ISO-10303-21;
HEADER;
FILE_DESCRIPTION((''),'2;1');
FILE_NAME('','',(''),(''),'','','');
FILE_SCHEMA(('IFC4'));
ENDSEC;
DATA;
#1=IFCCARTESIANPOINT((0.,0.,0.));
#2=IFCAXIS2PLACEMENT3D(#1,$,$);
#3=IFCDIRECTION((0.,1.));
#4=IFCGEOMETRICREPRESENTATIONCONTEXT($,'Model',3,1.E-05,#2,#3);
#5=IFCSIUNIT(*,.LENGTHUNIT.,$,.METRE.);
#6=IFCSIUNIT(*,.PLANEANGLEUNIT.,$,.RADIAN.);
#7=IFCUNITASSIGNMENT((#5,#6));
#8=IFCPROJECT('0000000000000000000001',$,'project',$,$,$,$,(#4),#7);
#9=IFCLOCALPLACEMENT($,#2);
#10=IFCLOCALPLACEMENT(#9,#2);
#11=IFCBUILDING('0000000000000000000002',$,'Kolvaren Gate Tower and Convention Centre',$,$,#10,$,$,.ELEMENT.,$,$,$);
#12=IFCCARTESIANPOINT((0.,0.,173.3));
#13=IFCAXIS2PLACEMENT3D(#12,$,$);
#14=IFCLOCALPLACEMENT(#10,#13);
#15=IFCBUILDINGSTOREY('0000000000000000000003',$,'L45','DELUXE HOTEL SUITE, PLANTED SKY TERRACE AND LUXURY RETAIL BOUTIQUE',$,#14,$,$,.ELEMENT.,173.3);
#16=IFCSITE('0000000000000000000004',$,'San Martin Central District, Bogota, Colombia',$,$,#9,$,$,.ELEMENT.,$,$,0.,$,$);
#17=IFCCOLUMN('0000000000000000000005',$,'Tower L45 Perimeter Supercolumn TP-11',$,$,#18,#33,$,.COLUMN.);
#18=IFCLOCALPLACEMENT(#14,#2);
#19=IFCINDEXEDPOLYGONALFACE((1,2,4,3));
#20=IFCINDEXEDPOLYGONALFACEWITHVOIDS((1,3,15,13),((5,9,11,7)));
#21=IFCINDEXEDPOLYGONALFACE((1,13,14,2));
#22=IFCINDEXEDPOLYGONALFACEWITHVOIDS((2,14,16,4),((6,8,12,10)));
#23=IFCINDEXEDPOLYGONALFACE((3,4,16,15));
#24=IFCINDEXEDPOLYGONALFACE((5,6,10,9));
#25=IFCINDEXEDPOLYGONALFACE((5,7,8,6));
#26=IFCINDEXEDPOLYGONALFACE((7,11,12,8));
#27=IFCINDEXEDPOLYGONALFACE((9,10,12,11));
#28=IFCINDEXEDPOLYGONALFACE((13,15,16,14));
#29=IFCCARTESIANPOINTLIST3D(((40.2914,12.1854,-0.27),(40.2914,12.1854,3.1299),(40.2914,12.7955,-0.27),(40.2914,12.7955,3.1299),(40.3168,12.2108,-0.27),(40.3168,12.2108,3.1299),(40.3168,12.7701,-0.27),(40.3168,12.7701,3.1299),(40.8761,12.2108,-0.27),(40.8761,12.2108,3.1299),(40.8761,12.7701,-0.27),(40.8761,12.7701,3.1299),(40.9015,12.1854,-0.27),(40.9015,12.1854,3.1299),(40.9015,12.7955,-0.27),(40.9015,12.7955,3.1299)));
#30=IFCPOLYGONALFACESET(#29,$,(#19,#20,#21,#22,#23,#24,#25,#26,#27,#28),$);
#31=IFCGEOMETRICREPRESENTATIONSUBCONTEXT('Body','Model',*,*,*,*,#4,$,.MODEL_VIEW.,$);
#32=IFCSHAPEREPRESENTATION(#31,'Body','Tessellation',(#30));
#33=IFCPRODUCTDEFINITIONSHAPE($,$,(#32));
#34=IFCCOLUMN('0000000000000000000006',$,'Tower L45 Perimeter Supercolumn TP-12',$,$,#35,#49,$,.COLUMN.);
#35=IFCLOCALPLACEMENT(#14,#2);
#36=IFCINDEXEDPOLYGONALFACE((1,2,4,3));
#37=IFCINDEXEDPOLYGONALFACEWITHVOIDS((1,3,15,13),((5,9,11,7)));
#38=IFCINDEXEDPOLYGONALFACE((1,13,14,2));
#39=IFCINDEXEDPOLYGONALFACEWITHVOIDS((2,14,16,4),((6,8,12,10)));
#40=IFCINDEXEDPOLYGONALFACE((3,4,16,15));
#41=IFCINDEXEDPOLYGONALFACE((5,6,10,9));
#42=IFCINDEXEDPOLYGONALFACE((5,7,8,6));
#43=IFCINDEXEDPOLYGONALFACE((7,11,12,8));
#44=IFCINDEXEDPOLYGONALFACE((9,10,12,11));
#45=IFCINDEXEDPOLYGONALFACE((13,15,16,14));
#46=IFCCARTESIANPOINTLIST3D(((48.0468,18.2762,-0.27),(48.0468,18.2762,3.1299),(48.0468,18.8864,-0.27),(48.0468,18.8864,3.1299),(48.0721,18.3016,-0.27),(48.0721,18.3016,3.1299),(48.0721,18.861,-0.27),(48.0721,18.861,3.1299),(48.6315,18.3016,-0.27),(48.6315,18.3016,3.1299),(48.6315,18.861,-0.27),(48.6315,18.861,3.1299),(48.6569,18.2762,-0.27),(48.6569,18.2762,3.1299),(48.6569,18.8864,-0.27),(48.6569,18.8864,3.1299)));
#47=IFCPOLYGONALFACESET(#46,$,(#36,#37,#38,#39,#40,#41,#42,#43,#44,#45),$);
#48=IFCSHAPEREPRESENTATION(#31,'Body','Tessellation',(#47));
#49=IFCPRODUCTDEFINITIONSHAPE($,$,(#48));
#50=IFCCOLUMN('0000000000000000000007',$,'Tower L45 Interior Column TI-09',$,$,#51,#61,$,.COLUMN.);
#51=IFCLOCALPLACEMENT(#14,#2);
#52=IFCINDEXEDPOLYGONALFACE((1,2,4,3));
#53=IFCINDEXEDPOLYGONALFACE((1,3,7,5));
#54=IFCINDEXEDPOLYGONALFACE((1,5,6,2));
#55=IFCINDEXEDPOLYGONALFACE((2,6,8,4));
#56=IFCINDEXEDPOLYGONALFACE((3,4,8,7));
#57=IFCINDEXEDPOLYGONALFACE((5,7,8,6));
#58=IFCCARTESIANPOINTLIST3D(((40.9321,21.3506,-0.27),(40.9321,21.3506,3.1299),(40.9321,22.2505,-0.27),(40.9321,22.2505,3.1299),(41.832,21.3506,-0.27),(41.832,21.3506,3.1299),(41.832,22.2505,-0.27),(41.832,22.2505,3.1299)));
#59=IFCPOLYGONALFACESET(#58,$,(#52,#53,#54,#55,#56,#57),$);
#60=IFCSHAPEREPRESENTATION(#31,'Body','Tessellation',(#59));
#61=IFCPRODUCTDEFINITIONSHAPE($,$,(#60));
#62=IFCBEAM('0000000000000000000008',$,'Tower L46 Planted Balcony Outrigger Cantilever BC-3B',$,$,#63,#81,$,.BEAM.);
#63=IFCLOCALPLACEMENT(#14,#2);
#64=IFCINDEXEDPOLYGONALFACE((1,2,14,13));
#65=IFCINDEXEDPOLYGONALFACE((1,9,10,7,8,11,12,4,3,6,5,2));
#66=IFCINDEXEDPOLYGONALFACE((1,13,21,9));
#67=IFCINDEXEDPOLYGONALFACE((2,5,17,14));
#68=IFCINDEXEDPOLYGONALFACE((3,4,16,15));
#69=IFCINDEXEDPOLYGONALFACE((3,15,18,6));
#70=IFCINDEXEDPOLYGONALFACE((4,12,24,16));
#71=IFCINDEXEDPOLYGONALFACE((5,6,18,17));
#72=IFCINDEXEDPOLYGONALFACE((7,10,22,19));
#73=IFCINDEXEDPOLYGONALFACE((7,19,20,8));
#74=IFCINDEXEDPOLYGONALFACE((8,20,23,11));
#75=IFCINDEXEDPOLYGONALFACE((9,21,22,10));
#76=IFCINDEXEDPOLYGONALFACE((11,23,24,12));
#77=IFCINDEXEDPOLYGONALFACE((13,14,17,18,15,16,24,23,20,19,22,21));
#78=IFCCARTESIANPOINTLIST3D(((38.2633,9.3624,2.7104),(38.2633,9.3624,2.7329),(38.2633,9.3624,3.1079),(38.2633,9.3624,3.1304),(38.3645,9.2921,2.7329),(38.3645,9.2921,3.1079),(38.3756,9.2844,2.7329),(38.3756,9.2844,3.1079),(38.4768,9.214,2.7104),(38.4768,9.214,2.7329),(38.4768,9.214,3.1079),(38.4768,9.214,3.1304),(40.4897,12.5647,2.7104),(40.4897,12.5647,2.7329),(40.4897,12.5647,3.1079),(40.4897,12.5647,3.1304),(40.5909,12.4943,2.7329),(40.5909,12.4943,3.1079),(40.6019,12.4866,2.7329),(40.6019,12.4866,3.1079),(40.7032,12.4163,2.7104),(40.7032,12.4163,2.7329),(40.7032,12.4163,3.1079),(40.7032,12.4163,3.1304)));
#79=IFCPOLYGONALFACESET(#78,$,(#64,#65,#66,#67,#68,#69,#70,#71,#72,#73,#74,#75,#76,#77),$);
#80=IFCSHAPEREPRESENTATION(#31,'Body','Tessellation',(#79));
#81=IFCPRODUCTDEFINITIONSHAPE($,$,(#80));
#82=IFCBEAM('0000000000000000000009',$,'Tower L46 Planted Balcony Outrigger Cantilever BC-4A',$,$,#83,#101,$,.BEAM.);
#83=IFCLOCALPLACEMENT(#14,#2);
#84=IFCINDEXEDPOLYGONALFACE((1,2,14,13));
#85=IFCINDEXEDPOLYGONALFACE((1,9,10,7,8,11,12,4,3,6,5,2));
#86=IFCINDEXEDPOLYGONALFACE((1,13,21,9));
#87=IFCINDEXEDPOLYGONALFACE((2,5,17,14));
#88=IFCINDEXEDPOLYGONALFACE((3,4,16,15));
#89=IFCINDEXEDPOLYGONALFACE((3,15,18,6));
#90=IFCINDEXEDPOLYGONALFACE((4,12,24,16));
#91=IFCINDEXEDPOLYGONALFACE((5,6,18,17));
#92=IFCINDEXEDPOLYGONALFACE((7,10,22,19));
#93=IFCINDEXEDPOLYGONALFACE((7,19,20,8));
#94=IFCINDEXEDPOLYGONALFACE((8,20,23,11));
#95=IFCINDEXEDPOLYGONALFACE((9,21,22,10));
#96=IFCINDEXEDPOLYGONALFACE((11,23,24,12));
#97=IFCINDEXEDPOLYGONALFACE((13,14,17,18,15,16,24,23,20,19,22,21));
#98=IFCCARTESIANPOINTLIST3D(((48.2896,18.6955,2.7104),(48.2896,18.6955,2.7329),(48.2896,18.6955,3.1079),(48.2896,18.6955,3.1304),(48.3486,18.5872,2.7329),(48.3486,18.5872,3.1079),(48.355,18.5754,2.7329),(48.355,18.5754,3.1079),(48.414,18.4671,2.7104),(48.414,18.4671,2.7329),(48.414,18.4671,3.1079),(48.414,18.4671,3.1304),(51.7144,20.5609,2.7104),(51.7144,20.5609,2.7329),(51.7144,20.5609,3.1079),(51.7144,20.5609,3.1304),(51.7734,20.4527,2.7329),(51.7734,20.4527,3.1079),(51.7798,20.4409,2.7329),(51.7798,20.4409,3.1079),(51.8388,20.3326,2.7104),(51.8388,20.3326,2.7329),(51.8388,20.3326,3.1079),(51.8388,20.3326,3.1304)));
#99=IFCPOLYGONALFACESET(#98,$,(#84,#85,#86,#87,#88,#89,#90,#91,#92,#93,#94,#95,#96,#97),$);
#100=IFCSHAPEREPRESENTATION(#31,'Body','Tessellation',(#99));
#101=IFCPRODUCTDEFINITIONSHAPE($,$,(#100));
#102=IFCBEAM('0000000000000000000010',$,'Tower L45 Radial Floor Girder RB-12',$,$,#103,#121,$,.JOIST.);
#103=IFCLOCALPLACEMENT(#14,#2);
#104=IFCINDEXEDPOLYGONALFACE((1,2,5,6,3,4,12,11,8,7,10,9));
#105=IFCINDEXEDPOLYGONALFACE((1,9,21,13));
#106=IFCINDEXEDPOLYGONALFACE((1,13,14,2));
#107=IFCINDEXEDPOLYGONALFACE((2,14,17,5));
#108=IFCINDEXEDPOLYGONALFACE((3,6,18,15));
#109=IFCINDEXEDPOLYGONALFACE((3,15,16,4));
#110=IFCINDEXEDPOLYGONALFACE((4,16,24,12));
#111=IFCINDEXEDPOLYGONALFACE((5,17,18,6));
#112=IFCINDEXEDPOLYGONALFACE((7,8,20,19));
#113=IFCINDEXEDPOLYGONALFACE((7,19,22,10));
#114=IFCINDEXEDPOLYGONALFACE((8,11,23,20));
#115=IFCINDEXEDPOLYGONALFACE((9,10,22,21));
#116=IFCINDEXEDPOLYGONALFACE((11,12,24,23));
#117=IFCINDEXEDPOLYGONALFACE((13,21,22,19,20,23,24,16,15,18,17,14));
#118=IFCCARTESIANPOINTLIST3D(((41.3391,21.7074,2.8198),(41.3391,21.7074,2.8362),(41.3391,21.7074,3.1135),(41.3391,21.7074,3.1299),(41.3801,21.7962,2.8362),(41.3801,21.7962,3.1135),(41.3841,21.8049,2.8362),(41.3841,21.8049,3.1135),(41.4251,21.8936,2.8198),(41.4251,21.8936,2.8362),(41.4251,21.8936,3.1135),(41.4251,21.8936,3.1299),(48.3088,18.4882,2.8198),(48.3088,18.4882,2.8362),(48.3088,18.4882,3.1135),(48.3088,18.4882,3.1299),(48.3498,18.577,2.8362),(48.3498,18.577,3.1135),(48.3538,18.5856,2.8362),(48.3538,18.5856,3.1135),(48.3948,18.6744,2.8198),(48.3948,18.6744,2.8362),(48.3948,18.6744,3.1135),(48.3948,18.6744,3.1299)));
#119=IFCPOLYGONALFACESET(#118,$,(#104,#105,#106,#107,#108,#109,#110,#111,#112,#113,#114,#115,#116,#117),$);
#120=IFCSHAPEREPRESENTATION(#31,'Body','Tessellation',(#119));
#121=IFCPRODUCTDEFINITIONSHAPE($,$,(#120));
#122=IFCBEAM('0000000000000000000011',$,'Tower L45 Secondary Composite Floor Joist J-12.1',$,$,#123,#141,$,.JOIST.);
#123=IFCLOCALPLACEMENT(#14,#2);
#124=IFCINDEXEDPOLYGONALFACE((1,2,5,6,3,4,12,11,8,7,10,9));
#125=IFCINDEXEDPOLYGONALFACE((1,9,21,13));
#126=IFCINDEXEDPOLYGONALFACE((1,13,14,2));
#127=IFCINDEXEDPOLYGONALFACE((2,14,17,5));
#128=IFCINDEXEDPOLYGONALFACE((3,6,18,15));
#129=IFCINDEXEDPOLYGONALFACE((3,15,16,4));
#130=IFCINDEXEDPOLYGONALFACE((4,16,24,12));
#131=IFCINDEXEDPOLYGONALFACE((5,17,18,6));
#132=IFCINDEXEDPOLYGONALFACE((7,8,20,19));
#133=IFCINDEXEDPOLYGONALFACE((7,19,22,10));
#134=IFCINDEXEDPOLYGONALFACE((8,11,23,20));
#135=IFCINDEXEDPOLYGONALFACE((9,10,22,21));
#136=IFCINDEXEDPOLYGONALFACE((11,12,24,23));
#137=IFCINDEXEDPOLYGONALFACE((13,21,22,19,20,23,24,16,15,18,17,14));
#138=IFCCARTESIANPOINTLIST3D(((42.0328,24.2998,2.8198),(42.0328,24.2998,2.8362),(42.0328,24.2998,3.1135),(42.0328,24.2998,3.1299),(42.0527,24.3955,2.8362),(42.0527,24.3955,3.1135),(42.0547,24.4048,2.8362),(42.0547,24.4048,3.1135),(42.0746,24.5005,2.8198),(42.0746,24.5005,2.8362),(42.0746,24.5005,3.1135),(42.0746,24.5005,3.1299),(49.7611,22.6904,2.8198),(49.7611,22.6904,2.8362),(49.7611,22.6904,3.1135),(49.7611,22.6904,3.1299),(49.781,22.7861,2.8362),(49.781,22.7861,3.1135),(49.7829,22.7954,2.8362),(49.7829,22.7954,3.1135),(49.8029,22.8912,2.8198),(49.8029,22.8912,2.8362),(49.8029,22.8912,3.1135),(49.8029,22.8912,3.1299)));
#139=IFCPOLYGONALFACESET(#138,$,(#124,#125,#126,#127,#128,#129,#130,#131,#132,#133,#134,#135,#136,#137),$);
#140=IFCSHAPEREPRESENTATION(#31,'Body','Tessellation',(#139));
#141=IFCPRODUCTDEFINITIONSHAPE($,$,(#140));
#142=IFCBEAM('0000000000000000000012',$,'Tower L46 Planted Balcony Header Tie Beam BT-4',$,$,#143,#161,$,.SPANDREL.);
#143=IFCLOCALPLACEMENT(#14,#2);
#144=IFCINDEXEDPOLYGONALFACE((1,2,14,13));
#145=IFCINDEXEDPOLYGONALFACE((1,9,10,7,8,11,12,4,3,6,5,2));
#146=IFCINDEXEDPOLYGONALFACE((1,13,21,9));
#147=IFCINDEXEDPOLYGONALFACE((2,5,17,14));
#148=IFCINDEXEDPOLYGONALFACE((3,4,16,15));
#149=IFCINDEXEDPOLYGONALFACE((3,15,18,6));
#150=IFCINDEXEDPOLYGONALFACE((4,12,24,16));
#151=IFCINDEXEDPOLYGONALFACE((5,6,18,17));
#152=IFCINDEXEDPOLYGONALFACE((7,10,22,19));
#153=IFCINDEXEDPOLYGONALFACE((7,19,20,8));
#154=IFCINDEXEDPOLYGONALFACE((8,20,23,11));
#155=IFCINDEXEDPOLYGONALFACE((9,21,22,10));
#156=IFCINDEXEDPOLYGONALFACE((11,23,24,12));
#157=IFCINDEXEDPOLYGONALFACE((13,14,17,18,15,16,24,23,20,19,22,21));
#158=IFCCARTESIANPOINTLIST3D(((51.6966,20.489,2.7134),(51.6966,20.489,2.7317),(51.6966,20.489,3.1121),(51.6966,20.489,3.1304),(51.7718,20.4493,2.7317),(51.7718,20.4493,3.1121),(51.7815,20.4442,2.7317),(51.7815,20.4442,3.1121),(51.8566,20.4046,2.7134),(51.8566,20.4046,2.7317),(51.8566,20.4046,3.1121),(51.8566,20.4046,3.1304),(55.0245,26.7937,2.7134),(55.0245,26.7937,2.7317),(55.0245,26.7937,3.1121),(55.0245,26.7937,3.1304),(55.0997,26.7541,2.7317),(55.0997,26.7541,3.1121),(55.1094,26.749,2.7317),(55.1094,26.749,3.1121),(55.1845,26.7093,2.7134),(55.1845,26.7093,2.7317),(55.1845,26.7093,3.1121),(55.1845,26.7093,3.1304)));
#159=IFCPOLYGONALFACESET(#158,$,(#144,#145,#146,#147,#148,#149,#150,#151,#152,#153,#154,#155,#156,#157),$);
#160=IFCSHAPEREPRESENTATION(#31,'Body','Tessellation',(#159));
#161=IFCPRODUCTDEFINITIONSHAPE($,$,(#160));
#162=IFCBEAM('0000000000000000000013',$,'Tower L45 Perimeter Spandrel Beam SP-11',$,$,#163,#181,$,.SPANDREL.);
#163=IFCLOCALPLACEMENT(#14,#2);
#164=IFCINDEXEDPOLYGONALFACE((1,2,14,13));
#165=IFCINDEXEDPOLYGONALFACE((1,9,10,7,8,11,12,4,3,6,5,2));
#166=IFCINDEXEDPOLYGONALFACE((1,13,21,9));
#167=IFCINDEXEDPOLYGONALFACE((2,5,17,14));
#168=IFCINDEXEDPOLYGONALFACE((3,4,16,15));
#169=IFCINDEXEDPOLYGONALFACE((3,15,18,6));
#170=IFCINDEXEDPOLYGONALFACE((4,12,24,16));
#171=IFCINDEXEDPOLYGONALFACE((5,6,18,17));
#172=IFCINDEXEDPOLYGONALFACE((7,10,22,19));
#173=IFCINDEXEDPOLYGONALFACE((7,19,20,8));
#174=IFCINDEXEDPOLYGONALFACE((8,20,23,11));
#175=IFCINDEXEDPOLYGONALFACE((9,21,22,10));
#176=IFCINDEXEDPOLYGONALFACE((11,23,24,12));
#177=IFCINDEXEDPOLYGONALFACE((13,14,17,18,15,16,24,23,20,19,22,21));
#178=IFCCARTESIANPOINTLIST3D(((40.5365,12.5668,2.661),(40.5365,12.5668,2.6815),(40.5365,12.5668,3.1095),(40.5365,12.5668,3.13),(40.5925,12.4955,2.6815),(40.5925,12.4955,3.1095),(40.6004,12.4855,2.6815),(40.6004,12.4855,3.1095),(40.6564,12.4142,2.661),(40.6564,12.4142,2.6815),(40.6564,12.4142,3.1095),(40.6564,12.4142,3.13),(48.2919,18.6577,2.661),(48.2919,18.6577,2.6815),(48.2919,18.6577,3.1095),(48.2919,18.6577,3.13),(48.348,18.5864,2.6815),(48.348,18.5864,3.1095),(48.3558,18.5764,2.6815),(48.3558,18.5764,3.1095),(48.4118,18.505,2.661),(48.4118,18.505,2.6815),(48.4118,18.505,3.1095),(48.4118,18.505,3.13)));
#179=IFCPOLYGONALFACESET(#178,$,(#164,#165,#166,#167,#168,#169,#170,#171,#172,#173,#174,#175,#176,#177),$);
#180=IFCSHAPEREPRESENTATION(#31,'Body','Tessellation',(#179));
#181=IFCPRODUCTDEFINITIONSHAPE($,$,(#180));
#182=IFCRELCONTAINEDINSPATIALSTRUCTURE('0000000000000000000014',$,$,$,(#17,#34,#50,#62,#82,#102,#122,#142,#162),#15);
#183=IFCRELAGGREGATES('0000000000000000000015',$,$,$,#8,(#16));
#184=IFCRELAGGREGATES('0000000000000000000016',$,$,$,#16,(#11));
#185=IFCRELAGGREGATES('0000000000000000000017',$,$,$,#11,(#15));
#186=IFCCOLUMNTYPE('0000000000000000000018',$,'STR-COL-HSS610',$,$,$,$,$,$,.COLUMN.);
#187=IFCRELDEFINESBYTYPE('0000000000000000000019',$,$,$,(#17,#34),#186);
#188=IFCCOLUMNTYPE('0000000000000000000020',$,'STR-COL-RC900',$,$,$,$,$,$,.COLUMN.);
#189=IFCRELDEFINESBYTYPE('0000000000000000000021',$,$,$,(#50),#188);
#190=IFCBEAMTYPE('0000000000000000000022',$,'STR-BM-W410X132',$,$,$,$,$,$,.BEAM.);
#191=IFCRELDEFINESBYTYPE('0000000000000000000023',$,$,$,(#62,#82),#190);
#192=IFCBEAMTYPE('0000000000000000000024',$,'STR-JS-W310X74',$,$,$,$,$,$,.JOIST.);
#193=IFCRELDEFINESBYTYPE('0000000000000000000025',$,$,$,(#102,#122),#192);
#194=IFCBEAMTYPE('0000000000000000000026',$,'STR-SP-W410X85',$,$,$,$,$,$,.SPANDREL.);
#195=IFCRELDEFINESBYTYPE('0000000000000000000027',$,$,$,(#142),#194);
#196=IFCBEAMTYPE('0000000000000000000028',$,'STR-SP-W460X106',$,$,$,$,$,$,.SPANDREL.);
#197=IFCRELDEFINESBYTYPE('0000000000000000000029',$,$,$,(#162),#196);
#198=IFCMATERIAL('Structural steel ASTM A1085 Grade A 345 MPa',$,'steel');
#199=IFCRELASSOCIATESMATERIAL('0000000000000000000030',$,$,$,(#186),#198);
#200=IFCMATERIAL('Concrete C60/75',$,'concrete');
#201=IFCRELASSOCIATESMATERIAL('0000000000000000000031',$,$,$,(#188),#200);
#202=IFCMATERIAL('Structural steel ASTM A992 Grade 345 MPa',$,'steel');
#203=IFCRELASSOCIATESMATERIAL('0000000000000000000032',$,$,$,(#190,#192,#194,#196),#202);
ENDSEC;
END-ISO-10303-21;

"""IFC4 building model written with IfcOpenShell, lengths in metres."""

from ifc_helpers import new_model, si_unit, direction, frame, origin, origin_2d, place, context, subcontext, project, spatial, rectangle, hollow_rectangle, i_section, extrude, material, material_profile, profile_set, type_object, element, save


model = new_model("IFC4")

# Units and contexts
model_context = context("Model", 3, precision=1e-05, world=origin(), true_north=direction((0.0, 1.0)))
body_context = subcontext(model_context, "Body", "Model", "MODEL_VIEW")
ifc_project = project(units=[si_unit("LENGTHUNIT", "METRE"), si_unit("PLANEANGLEUNIT", "RADIAN")], contexts=[model_context])

# Site, building, storey
site_placement = place(None, origin())
site = spatial("IfcSite", under=ifc_project, at=site_placement, Name="San Martin Central District, Bogota, Colombia", CompositionType="ELEMENT", RefElevation=0.0)
building_placement = place(site_placement, origin())
building = spatial("IfcBuilding", under=site, at=building_placement, Name="Kolvaren Gate Tower and Convention Centre", CompositionType="ELEMENT")
storey_placement = place(building_placement, frame((0.0, 0.0, 173.3)))
storey = spatial("IfcBuildingStorey", under=building, at=storey_placement, Name="L45", Description="DELUXE HOTEL SUITE, PLANTED SKY TERRACE AND LUXURY RETAIL BOUTIQUE", CompositionType="ELEMENT", Elevation=173.3)

# Columns
ifc_material_1 = material(Name="Structural steel ASTM A1085 Grade A 345 MPa", Category="steel")
ifc_material_profile_1 = material_profile(ifc_material_1, hollow_rectangle(XDim=0.6101, YDim=0.6101, WallThickness=0.0254, at=origin_2d()), Name="HSS610X610X25.4")
ifc_profile_set_1 = profile_set([ifc_material_profile_1], Name="Structural steel ASTM A1085 Grade A 345 MPa")
column_type_1 = type_object("IfcColumnType", Name="STR-COL-HSS610", PredefinedType="COLUMN", material=ifc_profile_set_1)
for number, where, z_axis, x_axis, name in (
    (1, (40.5964, 12.4905, -0.27), (0.0, 0.0, 1.0), (1.0, 0.0, 0.0), "Tower L45 Perimeter Supercolumn TP-11"),
    (2, (48.3518, 18.5813, -0.27), (0.0, 0.0, 1.0), (1.0, 0.0, 0.0), "Tower L45 Perimeter Supercolumn TP-12"),
):
    element("IfcColumn", number, at=place(storey_placement, frame(where, z_axis=z_axis, x_axis=x_axis)), inside=storey, type_object=column_type_1, Name=name, PredefinedType="COLUMN", context=body_context, shape_type="SweptSolid", body=[
        extrude(hollow_rectangle(XDim=0.6101, YDim=0.6101, WallThickness=0.0254, at=origin_2d()), origin(), (0.0, 0.0, 1.0), 3.3999),
    ])
ifc_material_2 = material(Name="Concrete C60/75", Category="concrete")
ifc_material_profile_2 = material_profile(ifc_material_2, rectangle(XDim=0.8999, YDim=0.8999, at=origin_2d()), Name="RC-COL-900X900")
ifc_profile_set_2 = profile_set([ifc_material_profile_2], Name="Concrete C60/75")
column_type_2 = type_object("IfcColumnType", Name="STR-COL-RC900", PredefinedType="COLUMN", material=ifc_profile_set_2)
column_placement = place(storey_placement, frame((41.3821, 21.8005, -0.27), z_axis=(0.0, 0.0, 1.0), x_axis=(1.0, 0.0, 0.0)))
element("IfcColumn", 3, at=column_placement, inside=storey, type_object=column_type_2, Name="Tower L45 Interior Column TI-09", PredefinedType="COLUMN", context=body_context, shape_type="SweptSolid", body=[
    extrude(rectangle(XDim=0.8999, YDim=0.8999, at=origin_2d()), origin(), (0.0, 0.0, 1.0), 3.3999),
])

# Beams
ifc_material_3 = material(Name="Structural steel ASTM A992 Grade 345 MPa", Category="steel")
ifc_material_profile_3 = material_profile(ifc_material_3, i_section(OverallWidth=0.26, OverallDepth=0.4199, WebThickness=0.0134, FlangeThickness=0.0225, at=origin_2d()), Name="W410X132")
ifc_profile_set_3 = profile_set([ifc_material_profile_3], Name="Structural steel ASTM A992 Grade 345 MPa")
beam_type_1 = type_object("IfcBeamType", Name="STR-BM-W410X132", PredefinedType="BEAM", material=ifc_profile_set_3)
beam_1_placement = place(storey_placement, frame((40.5964, 12.4905, 2.9204), z_axis=(-0.570846, -0.821057, 0.0), x_axis=(0.821057, -0.570846, 0.0)))
element("IfcBeam", 4, at=beam_1_placement, inside=storey, type_object=beam_type_1, Name="Tower L46 Planted Balcony Outrigger Cantilever BC-3B", PredefinedType="BEAM", context=body_context, shape_type="SweptSolid", body=[
    extrude(i_section(OverallWidth=0.26, OverallDepth=0.4199, WebThickness=0.0134, FlangeThickness=0.0225, at=origin_2d()), origin(), (0.0, 0.0, 1.0), 3.9001),
])
beam_2_placement = place(storey_placement, frame((48.3518, 18.5813, 2.9204), z_axis=(0.878175, 0.478339, 0.0), x_axis=(-0.478339, 0.878175, 0.0)))
element("IfcBeam", 5, at=beam_2_placement, inside=storey, type_object=beam_type_1, Name="Tower L46 Planted Balcony Outrigger Cantilever BC-4A", PredefinedType="BEAM", context=body_context, shape_type="SweptSolid", body=[
    extrude(i_section(OverallWidth=0.26, OverallDepth=0.4199, WebThickness=0.0134, FlangeThickness=0.0225, at=origin_2d()), origin(), (0.0, 0.0, 1.0), 3.8999),
])
ifc_material_profile_4 = material_profile(ifc_material_3, i_section(OverallWidth=0.2051, OverallDepth=0.3101, WebThickness=0.0095, FlangeThickness=0.0164, at=origin_2d()), Name="W310X74")
ifc_profile_set_4 = profile_set([ifc_material_profile_4], Name="Structural steel ASTM A992 Grade 345 MPa")
beam_type_2 = type_object("IfcBeamType", Name="STR-JS-W310X74", PredefinedType="JOIST", material=ifc_profile_set_4)
beam_3_placement = place(storey_placement, frame((41.3821, 21.8005, 2.9749), z_axis=(0.907838, -0.41932, 0.0), x_axis=(0.41932, 0.907838, 0.0)))
element("IfcBeam", 6, at=beam_3_placement, inside=storey, type_object=beam_type_2, Name="Tower L45 Radial Floor Girder RB-12", PredefinedType="JOIST", context=body_context, shape_type="SweptSolid", body=[
    extrude(i_section(OverallWidth=0.2051, OverallDepth=0.3101, WebThickness=0.0095, FlangeThickness=0.0164, at=origin_2d()), origin(), (0.0, 0.0, 1.0), 7.6772),
])
beam_4_placement = place(storey_placement, frame((42.0537, 24.4001, 2.9749), z_axis=(0.978998, -0.203872, 0.0), x_axis=(0.203872, 0.978998, 0.0)))
element("IfcBeam", 7, at=beam_4_placement, inside=storey, type_object=beam_type_2, Name="Tower L45 Secondary Composite Floor Joist J-12.1", PredefinedType="JOIST", context=body_context, shape_type="SweptSolid", body=[
    extrude(i_section(OverallWidth=0.2051, OverallDepth=0.3101, WebThickness=0.0095, FlangeThickness=0.0164, at=origin_2d()), origin(), (0.0, 0.0, 1.0), 7.894),
])
ifc_material_profile_5 = material_profile(ifc_material_3, i_section(OverallWidth=0.1809, OverallDepth=0.417, WebThickness=0.011, FlangeThickness=0.0183, at=origin_2d()), Name="W410X85")
ifc_profile_set_5 = profile_set([ifc_material_profile_5], Name="Structural steel ASTM A992 Grade 345 MPa")
beam_type_3 = type_object("IfcBeamType", Name="STR-SP-W410X85", PredefinedType="SPANDREL", material=ifc_profile_set_5)
beam_5_placement = place(storey_placement, frame((51.7766, 20.4468, 2.9219), z_axis=(0.466803, 0.884361, 0.0), x_axis=(-0.884361, 0.466803, 0.0)))
element("IfcBeam", 8, at=beam_5_placement, inside=storey, type_object=beam_type_3, Name="Tower L46 Planted Balcony Header Tie Beam BT-4", PredefinedType="SPANDREL", context=body_context, shape_type="SweptSolid", body=[
    extrude(i_section(OverallWidth=0.1809, OverallDepth=0.417, WebThickness=0.011, FlangeThickness=0.0183, at=origin_2d()), origin(), (0.0, 0.0, 1.0), 7.1292),
])
ifc_material_profile_6 = material_profile(ifc_material_3, i_section(OverallWidth=0.1941, OverallDepth=0.469, WebThickness=0.0127, FlangeThickness=0.0205, at=origin_2d()), Name="W460X106")
ifc_profile_set_6 = profile_set([ifc_material_profile_6], Name="Structural steel ASTM A992 Grade 345 MPa")
beam_type_4 = type_object("IfcBeamType", Name="STR-SP-W460X106", PredefinedType="SPANDREL", material=ifc_profile_set_6)
beam_6_placement = place(storey_placement, frame((40.5964, 12.4905, 2.8955), z_axis=(0.786451, 0.617653, 0.0), x_axis=(-0.617653, 0.786451, 0.0)))
element("IfcBeam", 9, at=beam_6_placement, inside=storey, type_object=beam_type_4, Name="Tower L45 Perimeter Spandrel Beam SP-11", PredefinedType="SPANDREL", context=body_context, shape_type="SweptSolid", body=[
    extrude(i_section(OverallWidth=0.1941, OverallDepth=0.469, WebThickness=0.0127, FlangeThickness=0.0205, at=origin_2d()), origin(), (0.0, 0.0, 1.0), 9.8613),
])

save(model, "model.ifc")
